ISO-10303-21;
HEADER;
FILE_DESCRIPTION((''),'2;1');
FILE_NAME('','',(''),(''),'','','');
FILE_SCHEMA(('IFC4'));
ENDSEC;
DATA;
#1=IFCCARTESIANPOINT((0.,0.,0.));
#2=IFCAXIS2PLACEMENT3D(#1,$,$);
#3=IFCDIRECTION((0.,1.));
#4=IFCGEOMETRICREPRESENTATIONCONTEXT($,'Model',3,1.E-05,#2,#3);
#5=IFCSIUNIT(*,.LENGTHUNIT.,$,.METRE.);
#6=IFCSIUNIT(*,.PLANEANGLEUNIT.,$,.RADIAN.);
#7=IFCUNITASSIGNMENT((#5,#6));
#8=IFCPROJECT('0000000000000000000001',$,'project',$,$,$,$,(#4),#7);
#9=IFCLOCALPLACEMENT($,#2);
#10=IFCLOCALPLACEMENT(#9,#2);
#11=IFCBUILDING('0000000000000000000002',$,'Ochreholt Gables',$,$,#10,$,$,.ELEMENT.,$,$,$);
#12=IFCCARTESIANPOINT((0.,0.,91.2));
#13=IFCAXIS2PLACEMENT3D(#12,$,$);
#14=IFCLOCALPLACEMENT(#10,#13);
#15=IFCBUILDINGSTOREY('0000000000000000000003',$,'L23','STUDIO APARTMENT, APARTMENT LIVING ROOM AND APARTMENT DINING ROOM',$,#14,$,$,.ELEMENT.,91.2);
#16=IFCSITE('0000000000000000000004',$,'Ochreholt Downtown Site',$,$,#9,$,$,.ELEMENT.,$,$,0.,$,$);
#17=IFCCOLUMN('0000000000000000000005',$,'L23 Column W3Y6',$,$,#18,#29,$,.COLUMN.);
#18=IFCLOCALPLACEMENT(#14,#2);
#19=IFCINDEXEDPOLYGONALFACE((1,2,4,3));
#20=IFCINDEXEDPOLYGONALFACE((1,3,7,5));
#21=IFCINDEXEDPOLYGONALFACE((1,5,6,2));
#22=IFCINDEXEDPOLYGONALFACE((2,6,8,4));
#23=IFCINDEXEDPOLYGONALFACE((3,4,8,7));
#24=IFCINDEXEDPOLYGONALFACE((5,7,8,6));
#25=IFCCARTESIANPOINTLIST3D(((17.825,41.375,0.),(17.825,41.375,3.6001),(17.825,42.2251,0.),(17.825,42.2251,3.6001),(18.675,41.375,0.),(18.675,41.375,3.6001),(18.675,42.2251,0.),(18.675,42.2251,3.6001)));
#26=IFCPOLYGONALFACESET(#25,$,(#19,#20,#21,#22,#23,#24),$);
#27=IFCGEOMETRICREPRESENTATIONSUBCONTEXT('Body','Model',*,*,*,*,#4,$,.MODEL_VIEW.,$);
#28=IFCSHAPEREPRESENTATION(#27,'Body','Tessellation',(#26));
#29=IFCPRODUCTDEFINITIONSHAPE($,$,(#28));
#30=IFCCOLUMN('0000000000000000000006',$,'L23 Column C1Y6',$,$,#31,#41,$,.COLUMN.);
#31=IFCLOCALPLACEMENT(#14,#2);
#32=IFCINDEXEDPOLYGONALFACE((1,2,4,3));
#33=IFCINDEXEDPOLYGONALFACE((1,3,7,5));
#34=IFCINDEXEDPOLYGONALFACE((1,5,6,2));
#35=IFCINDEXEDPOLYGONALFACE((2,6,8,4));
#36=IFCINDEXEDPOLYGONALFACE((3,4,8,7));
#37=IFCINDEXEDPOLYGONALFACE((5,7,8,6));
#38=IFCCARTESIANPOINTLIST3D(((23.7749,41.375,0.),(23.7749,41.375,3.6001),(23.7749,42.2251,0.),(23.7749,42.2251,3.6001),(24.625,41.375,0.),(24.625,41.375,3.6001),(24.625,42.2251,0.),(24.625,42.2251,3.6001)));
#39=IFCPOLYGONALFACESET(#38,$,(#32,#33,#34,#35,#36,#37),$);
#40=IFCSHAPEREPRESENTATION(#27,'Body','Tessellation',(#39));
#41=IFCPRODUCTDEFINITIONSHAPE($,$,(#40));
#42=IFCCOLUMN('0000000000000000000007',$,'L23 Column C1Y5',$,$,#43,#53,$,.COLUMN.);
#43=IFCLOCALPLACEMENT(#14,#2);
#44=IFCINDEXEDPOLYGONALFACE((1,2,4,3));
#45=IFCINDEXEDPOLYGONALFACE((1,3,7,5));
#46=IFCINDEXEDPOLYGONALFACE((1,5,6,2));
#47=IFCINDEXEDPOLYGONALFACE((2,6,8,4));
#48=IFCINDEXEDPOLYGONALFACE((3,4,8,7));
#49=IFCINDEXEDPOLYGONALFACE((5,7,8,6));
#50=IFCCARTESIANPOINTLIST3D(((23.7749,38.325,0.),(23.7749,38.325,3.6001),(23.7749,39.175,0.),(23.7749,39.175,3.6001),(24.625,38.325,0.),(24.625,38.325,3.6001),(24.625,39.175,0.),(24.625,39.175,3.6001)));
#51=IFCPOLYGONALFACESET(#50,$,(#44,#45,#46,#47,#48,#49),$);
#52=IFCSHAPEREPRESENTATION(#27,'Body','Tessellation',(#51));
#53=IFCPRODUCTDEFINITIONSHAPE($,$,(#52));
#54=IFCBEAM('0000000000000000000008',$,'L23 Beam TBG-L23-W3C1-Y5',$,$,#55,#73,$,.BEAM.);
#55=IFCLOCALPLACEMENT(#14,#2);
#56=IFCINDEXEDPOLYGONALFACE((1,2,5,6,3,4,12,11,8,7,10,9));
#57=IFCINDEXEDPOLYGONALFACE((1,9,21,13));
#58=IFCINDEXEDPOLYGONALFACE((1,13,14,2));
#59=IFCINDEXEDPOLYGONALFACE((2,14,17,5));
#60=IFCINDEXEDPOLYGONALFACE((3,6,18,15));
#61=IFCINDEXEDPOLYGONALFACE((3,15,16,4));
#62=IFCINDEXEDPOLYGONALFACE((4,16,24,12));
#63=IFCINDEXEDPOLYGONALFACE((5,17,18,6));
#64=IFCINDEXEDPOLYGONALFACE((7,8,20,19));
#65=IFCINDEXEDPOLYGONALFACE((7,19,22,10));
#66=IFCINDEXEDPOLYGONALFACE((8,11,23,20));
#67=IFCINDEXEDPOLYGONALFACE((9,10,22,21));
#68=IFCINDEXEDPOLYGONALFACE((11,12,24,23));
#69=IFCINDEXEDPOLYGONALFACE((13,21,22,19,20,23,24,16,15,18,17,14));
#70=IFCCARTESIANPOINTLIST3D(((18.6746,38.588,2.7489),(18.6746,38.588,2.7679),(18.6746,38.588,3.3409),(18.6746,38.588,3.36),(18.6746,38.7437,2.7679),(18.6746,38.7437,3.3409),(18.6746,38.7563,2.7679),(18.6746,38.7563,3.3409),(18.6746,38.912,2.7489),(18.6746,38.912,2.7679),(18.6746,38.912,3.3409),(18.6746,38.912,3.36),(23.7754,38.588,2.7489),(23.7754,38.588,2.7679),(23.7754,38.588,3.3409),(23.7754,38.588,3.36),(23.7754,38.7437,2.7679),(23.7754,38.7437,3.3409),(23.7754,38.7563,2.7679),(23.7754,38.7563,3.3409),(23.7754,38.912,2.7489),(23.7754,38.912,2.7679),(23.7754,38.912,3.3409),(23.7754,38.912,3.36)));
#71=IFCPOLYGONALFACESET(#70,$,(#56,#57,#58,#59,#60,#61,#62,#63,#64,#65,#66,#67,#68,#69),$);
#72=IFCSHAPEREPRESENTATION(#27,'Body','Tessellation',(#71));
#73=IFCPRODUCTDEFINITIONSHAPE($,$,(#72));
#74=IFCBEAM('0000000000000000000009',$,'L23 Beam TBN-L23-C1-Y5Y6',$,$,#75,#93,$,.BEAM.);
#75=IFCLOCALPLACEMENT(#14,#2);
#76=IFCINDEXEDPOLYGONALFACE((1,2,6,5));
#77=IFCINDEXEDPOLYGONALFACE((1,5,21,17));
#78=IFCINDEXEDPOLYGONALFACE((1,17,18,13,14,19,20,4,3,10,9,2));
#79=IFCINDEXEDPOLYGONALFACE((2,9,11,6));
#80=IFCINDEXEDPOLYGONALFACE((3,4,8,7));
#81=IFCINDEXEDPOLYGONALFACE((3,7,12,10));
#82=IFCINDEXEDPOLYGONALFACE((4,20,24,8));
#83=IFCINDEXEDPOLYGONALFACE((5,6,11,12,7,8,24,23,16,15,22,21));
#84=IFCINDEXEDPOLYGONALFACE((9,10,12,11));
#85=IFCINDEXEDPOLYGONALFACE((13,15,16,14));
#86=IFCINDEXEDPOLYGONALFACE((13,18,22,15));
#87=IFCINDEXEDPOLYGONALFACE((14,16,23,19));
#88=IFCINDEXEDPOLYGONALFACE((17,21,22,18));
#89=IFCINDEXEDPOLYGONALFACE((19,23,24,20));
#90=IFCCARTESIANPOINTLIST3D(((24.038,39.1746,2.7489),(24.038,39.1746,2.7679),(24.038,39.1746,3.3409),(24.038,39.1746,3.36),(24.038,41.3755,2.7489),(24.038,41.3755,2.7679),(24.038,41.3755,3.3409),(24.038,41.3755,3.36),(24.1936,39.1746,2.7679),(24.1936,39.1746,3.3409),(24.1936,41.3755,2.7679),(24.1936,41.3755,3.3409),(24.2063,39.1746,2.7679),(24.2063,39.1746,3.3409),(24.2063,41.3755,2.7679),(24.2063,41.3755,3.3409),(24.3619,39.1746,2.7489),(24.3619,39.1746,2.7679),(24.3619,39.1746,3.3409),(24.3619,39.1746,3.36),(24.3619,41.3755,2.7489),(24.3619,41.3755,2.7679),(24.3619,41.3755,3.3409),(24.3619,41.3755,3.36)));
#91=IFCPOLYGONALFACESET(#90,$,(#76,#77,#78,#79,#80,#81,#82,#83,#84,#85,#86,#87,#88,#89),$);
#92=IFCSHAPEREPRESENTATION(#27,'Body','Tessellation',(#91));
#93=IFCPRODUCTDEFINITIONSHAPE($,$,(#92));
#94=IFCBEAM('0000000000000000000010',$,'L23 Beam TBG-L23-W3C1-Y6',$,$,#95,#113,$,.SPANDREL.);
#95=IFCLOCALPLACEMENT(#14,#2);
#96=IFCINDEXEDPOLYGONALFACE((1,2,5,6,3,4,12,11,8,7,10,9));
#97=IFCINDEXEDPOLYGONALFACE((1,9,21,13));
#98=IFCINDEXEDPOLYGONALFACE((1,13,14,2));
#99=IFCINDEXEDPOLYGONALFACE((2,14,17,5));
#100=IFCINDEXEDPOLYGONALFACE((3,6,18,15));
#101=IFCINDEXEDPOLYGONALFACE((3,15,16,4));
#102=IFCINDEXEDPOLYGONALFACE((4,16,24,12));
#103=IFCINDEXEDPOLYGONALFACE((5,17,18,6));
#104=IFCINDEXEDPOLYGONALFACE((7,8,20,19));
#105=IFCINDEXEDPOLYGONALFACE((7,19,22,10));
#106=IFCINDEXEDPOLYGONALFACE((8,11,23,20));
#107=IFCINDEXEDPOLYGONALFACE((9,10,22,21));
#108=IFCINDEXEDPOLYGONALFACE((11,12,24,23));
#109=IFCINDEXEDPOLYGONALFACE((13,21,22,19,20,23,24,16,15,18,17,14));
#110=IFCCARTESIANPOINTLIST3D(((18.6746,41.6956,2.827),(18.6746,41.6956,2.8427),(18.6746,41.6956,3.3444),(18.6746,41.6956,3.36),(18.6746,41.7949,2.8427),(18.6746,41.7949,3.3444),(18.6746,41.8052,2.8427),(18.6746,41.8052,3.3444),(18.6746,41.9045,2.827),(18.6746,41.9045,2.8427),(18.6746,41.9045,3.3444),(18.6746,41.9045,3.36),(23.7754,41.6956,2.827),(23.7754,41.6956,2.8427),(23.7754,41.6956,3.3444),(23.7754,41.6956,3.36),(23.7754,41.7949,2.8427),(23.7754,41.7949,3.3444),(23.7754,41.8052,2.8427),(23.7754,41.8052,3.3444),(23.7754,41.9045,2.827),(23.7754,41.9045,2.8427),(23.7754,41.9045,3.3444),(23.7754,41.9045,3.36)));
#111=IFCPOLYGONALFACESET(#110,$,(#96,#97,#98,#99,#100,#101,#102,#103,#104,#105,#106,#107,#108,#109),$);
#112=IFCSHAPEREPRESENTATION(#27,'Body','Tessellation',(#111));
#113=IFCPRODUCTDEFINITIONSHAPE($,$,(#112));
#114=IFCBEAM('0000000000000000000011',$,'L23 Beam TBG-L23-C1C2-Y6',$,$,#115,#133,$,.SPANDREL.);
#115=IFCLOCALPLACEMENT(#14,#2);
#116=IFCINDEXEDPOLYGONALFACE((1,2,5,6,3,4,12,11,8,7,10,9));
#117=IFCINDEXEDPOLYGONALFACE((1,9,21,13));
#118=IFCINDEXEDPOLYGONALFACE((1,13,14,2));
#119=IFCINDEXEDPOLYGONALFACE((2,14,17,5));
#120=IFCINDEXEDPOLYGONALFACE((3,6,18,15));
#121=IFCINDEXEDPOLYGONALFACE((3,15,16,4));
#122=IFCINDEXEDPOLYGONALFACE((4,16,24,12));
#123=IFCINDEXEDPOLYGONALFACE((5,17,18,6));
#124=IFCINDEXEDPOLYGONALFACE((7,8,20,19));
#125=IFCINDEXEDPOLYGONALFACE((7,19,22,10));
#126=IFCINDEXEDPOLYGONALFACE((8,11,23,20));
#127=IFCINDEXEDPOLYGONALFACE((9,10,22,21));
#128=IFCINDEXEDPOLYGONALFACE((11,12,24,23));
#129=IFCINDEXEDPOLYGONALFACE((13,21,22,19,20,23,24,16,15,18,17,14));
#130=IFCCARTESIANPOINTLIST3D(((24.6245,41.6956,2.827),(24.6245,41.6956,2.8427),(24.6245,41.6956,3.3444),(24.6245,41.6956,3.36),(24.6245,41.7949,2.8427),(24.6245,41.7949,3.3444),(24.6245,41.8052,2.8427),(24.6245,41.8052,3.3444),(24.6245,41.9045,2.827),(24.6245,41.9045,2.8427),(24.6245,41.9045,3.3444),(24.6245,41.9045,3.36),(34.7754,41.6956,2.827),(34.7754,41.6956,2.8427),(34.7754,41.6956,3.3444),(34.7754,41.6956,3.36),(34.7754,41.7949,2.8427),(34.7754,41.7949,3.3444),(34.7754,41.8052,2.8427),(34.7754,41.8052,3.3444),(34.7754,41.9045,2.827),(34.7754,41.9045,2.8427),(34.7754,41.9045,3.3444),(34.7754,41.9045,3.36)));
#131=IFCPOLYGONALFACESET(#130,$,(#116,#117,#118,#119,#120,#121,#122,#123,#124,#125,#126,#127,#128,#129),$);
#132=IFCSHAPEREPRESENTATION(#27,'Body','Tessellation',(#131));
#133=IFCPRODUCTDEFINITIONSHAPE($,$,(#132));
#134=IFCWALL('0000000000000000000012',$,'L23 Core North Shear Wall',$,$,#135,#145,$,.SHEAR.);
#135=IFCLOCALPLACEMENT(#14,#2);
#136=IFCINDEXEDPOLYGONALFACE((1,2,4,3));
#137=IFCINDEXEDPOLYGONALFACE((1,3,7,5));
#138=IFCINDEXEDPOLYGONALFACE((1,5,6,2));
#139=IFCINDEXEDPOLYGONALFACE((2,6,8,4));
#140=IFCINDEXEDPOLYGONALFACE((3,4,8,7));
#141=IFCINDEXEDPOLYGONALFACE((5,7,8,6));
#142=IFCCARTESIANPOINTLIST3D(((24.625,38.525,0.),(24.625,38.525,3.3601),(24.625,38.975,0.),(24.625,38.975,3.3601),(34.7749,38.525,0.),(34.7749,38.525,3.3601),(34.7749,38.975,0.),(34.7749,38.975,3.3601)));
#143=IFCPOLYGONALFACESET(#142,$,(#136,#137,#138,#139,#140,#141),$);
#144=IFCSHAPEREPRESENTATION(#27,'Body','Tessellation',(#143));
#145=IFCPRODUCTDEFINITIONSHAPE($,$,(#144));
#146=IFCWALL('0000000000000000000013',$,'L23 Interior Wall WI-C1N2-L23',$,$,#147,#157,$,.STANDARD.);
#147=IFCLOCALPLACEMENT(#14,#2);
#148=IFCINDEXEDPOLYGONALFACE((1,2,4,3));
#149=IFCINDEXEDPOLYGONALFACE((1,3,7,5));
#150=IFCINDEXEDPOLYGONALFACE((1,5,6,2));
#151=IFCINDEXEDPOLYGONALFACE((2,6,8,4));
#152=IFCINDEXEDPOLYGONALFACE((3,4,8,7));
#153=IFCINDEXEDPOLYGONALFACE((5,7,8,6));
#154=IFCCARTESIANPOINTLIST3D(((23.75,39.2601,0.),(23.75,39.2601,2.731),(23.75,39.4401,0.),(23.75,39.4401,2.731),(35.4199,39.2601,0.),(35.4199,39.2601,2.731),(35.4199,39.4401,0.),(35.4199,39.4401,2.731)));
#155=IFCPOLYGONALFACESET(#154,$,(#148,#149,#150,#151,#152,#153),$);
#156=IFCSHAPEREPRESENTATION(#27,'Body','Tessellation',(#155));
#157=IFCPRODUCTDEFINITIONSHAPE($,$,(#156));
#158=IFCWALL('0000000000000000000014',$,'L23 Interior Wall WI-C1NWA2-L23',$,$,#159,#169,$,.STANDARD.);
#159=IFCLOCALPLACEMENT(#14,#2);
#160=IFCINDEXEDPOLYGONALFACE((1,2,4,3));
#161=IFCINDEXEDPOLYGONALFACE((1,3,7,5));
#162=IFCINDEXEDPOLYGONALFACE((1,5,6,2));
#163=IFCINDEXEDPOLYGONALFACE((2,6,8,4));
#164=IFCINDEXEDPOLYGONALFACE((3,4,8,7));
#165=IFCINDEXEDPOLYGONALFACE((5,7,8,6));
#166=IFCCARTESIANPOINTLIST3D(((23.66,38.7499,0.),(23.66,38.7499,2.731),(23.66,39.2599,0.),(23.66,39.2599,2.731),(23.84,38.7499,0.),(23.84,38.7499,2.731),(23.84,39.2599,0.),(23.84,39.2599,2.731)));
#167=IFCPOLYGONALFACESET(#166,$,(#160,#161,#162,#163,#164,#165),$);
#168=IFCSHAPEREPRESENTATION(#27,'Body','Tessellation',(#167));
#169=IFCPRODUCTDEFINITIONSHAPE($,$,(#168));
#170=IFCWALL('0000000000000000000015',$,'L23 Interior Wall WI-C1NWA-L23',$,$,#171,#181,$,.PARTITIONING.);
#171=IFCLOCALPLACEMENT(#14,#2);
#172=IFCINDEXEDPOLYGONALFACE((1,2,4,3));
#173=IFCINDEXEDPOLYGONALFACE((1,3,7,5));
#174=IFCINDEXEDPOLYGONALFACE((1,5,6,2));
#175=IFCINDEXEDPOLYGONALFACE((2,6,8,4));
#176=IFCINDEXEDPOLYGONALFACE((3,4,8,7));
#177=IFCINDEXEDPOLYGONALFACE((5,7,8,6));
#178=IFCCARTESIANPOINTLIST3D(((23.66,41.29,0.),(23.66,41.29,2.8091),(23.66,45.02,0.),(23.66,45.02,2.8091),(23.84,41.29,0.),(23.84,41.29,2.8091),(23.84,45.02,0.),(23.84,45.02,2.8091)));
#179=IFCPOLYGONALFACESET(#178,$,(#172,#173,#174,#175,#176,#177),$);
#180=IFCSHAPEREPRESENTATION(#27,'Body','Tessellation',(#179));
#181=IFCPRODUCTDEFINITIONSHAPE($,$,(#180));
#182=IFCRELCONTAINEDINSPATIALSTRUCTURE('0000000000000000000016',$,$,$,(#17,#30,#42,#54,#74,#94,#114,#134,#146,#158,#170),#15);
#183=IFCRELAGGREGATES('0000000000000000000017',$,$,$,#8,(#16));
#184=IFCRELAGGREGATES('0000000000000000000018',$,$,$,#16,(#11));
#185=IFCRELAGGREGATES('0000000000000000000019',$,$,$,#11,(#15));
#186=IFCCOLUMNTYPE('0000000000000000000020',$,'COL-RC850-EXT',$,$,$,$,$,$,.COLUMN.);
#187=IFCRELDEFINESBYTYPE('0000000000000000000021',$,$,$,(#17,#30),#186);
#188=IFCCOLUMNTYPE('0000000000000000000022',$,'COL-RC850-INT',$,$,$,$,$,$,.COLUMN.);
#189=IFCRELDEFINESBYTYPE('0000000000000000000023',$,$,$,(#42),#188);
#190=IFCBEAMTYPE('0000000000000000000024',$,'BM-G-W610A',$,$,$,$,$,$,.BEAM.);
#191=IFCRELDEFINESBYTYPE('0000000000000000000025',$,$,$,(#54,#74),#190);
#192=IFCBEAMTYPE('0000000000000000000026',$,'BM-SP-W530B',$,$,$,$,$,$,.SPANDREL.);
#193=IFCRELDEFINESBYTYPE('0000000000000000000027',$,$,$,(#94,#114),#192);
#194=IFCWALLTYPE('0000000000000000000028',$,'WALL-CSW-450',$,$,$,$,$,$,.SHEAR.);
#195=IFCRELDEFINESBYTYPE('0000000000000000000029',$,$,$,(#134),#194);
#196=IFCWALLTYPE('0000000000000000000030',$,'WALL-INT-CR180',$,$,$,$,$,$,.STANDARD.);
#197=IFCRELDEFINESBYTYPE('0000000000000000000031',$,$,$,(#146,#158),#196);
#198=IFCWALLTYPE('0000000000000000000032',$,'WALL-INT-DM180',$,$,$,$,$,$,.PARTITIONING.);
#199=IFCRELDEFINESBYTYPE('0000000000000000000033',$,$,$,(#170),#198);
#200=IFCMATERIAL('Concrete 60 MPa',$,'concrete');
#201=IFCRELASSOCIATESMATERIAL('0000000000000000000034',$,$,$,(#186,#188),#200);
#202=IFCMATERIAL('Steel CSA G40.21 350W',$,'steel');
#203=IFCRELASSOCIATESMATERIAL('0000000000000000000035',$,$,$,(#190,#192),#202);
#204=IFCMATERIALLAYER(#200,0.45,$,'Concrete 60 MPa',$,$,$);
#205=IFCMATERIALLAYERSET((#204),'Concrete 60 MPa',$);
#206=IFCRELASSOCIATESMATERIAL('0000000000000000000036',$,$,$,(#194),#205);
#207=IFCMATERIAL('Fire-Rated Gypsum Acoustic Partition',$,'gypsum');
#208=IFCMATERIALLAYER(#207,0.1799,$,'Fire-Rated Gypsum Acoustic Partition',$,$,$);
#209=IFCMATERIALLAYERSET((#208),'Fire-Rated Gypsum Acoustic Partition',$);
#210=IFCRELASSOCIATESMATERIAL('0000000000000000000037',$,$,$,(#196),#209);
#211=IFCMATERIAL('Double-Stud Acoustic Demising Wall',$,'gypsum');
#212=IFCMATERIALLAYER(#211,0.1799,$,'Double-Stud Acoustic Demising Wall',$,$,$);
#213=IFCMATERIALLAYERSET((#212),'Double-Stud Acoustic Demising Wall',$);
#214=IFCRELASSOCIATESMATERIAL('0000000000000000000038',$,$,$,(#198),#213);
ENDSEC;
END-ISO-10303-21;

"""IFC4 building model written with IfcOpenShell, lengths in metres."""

from ifc_helpers import new_model, si_unit, direction, frame, frame_2d, origin, origin_2d, place, context, subcontext, project, spatial, rectangle, i_section, extrude, material, layer, layer_set, material_profile, profile_set, type_object, element, save


model = new_model("IFC4")

# Units and contexts
model_context = context("Model", 3, precision=1e-05, world=origin(), true_north=direction((0.0, 1.0)))
body_context = subcontext(model_context, "Body", "Model", "MODEL_VIEW")
ifc_project = project(units=[si_unit("LENGTHUNIT", "METRE"), si_unit("PLANEANGLEUNIT", "RADIAN")], contexts=[model_context])

# Site, building, storey
site_placement = place(None, origin())
site = spatial("IfcSite", under=ifc_project, at=site_placement, Name="Ochreholt Downtown Site", CompositionType="ELEMENT", RefElevation=0.0)
building_placement = place(site_placement, origin())
building = spatial("IfcBuilding", under=site, at=building_placement, Name="Ochreholt Gables", CompositionType="ELEMENT")
storey_placement = place(building_placement, frame((0.0, 0.0, 91.2)))
storey = spatial("IfcBuildingStorey", under=building, at=storey_placement, Name="L23", Description="STUDIO APARTMENT, APARTMENT LIVING ROOM AND APARTMENT DINING ROOM", CompositionType="ELEMENT", Elevation=91.2)

# Columns
ifc_material_1 = material(Name="Concrete 60 MPa", Category="concrete")
ifc_material_profile_1 = material_profile(ifc_material_1, rectangle(XDim=0.8501, YDim=0.8501, at=origin_2d()), Name="RC850X850")
ifc_profile_set_1 = profile_set([ifc_material_profile_1], Name="Concrete 60 MPa")
column_type_1 = type_object("IfcColumnType", Name="COL-RC850-EXT", PredefinedType="COLUMN", material=ifc_profile_set_1)
for number, where, z_axis, x_axis, name in (
    (1, (18.25, 41.8, 0.0), (0.0, 0.0, 1.0), (1.0, 0.0, 0.0), "L23 Column W3Y6"),
    (2, (24.2, 41.8, 0.0), (0.0, 0.0, 1.0), (1.0, 0.0, 0.0), "L23 Column C1Y6"),
):
    element("IfcColumn", number, at=place(storey_placement, frame(where, z_axis=z_axis, x_axis=x_axis)), inside=storey, type_object=column_type_1, Name=name, PredefinedType="COLUMN", context=body_context, shape_type="SweptSolid", body=[
        extrude(rectangle(XDim=0.8501, YDim=0.8501, at=origin_2d()), origin(), (0.0, 0.0, 1.0), 3.6001),
    ])
ifc_material_profile_2 = material_profile(ifc_material_1, rectangle(XDim=0.8501, YDim=0.8501, at=origin_2d()), Name="RC850X850")
ifc_profile_set_2 = profile_set([ifc_material_profile_2], Name="Concrete 60 MPa")
column_type_2 = type_object("IfcColumnType", Name="COL-RC850-INT", PredefinedType="COLUMN", material=ifc_profile_set_2)
column_placement = place(storey_placement, frame((24.2, 38.75, 0.0), z_axis=(0.0, 0.0, 1.0), x_axis=(1.0, 0.0, 0.0)))
element("IfcColumn", 3, at=column_placement, inside=storey, type_object=column_type_2, Name="L23 Column C1Y5", PredefinedType="COLUMN", context=body_context, shape_type="SweptSolid", body=[
    extrude(rectangle(XDim=0.8501, YDim=0.8501, at=origin_2d()), origin(), (0.0, 0.0, 1.0), 3.6001),
])

# Beams
ifc_material_2 = material(Name="Steel CSA G40.21 350W", Category="steel")
ifc_material_profile_3 = material_profile(ifc_material_2, i_section(OverallWidth=0.324, OverallDepth=0.6111, WebThickness=0.0127, FlangeThickness=0.019, at=origin_2d()), Name="W610X155")
ifc_profile_set_3 = profile_set([ifc_material_profile_3], Name="Steel CSA G40.21 350W")
beam_type_1 = type_object("IfcBeamType", Name="BM-G-W610A", PredefinedType="BEAM", material=ifc_profile_set_3)
beam_1_placement = place(storey_placement, frame((18.6746, 38.75, 3.0544), z_axis=(1.0, 0.0, 0.0), x_axis=(0.0, 1.0, 0.0)))
element("IfcBeam", 4, at=beam_1_placement, inside=storey, type_object=beam_type_1, Name="L23 Beam TBG-L23-W3C1-Y5", PredefinedType="BEAM", context=body_context, shape_type="SweptSolid", body=[
    extrude(i_section(OverallWidth=0.324, OverallDepth=0.6111, WebThickness=0.0127, FlangeThickness=0.019, at=origin_2d()), origin(), (0.0, 0.0, 1.0), 5.1008),
])
beam_2_placement = place(storey_placement, frame((24.2, 39.1746, 3.0544), z_axis=(0.0, 1.0, 0.0), x_axis=(-1.0, 0.0, 0.0)))
element("IfcBeam", 5, at=beam_2_placement, inside=storey, type_object=beam_type_1, Name="L23 Beam TBN-L23-C1-Y5Y6", PredefinedType="BEAM", context=body_context, shape_type="SweptSolid", body=[
    extrude(i_section(OverallWidth=0.324, OverallDepth=0.6111, WebThickness=0.0127, FlangeThickness=0.019, at=origin_2d()), origin(), (0.0, 0.0, 1.0), 2.2009),
])
ifc_material_profile_4 = material_profile(ifc_material_2, i_section(OverallWidth=0.209, OverallDepth=0.533, WebThickness=0.0103, FlangeThickness=0.0156, at=origin_2d()), Name="W530X92")
ifc_profile_set_4 = profile_set([ifc_material_profile_4], Name="Steel CSA G40.21 350W")
beam_type_2 = type_object("IfcBeamType", Name="BM-SP-W530B", PredefinedType="SPANDREL", material=ifc_profile_set_4)
beam_3_placement = place(storey_placement, frame((18.6746, 41.8, 3.0935), z_axis=(1.0, 0.0, 0.0), x_axis=(0.0, 1.0, 0.0)))
element("IfcBeam", 6, at=beam_3_placement, inside=storey, type_object=beam_type_2, Name="L23 Beam TBG-L23-W3C1-Y6", PredefinedType="SPANDREL", context=body_context, shape_type="SweptSolid", body=[
    extrude(i_section(OverallWidth=0.209, OverallDepth=0.533, WebThickness=0.0103, FlangeThickness=0.0156, at=origin_2d()), origin(), (0.0, 0.0, 1.0), 5.1008),
])
beam_4_placement = place(storey_placement, frame((24.6245, 41.8, 3.0935), z_axis=(1.0, 0.0, 0.0), x_axis=(0.0, 1.0, 0.0)))
element("IfcBeam", 7, at=beam_4_placement, inside=storey, type_object=beam_type_2, Name="L23 Beam TBG-L23-C1C2-Y6", PredefinedType="SPANDREL", context=body_context, shape_type="SweptSolid", body=[
    extrude(i_section(OverallWidth=0.209, OverallDepth=0.533, WebThickness=0.0103, FlangeThickness=0.0156, at=origin_2d()), origin(), (0.0, 0.0, 1.0), 10.1509),
])

# Wall
ifc_layer_1 = layer(ifc_material_1, 0.45, Name="Concrete 60 MPa")
ifc_layer_set_1 = layer_set([ifc_layer_1], Name="Concrete 60 MPa")
wall_type_1 = type_object("IfcWallType", Name="WALL-CSW-450", PredefinedType="SHEAR", material=ifc_layer_set_1)
wall_1_placement = place(storey_placement, frame((24.625, 38.75, 0.0), z_axis=(0.0, 0.0, 1.0), x_axis=(1.0, 0.0, 0.0)))
element("IfcWall", 8, at=wall_1_placement, inside=storey, type_object=wall_type_1, Name="L23 Core North Shear Wall", PredefinedType="SHEAR", context=body_context, shape_type="SweptSolid", body=[
    extrude(rectangle(XDim=10.1499, YDim=0.45, at=frame_2d((5.075, 0.0))), origin(), (0.0, 0.0, 1.0), 3.3601),
])

# Shared definitions
ifc_material_3 = material(Name="Fire-Rated Gypsum Acoustic Partition", Category="gypsum")
ifc_layer_2 = layer(ifc_material_3, 0.1799, Name="Fire-Rated Gypsum Acoustic Partition")
ifc_layer_set_2 = layer_set([ifc_layer_2], Name="Fire-Rated Gypsum Acoustic Partition")
wall_type_2 = type_object("IfcWallType", Name="WALL-INT-CR180", PredefinedType="STANDARD", material=ifc_layer_set_2)

# Walls
wall_2_placement = place(storey_placement, frame((23.75, 39.3501, 0.0), z_axis=(0.0, 0.0, 1.0), x_axis=(1.0, 0.0, 0.0)))
element("IfcWall", 9, at=wall_2_placement, inside=storey, type_object=wall_type_2, Name="L23 Interior Wall WI-C1N2-L23", PredefinedType="STANDARD", context=body_context, shape_type="SweptSolid", body=[
    extrude(rectangle(XDim=11.6699, YDim=0.1799, at=frame_2d((5.835, 0.0))), origin(), (0.0, 0.0, 1.0), 2.731),
])
wall_3_placement = place(storey_placement, frame((23.75, 38.75, 0.0), z_axis=(0.0, 0.0, 1.0), x_axis=(0.0, 1.0, 0.0)))
element("IfcWall", 10, at=wall_3_placement, inside=storey, type_object=wall_type_2, Name="L23 Interior Wall WI-C1NWA2-L23", PredefinedType="STANDARD", context=body_context, shape_type="SweptSolid", body=[
    extrude(rectangle(XDim=0.51, YDim=0.1799, at=frame_2d((0.2549, 0.0))), origin(), (0.0, 0.0, 1.0), 2.731),
])
ifc_material_4 = material(Name="Double-Stud Acoustic Demising Wall", Category="gypsum")
ifc_layer_3 = layer(ifc_material_4, 0.1799, Name="Double-Stud Acoustic Demising Wall")
ifc_layer_set_3 = layer_set([ifc_layer_3], Name="Double-Stud Acoustic Demising Wall")
wall_type_3 = type_object("IfcWallType", Name="WALL-INT-DM180", PredefinedType="PARTITIONING", material=ifc_layer_set_3)
wall_4_placement = place(storey_placement, frame((23.75, 41.29, 0.0), z_axis=(0.0, 0.0, 1.0), x_axis=(0.0, 1.0, 0.0)))
element("IfcWall", 11, at=wall_4_placement, inside=storey, type_object=wall_type_3, Name="L23 Interior Wall WI-C1NWA-L23", PredefinedType="PARTITIONING", context=body_context, shape_type="SweptSolid", body=[
    extrude(rectangle(XDim=3.73, YDim=0.1799, at=frame_2d((1.865, 0.0))), origin(), (0.0, 0.0, 1.0), 2.8091),
])

save(model, "model.ifc")
